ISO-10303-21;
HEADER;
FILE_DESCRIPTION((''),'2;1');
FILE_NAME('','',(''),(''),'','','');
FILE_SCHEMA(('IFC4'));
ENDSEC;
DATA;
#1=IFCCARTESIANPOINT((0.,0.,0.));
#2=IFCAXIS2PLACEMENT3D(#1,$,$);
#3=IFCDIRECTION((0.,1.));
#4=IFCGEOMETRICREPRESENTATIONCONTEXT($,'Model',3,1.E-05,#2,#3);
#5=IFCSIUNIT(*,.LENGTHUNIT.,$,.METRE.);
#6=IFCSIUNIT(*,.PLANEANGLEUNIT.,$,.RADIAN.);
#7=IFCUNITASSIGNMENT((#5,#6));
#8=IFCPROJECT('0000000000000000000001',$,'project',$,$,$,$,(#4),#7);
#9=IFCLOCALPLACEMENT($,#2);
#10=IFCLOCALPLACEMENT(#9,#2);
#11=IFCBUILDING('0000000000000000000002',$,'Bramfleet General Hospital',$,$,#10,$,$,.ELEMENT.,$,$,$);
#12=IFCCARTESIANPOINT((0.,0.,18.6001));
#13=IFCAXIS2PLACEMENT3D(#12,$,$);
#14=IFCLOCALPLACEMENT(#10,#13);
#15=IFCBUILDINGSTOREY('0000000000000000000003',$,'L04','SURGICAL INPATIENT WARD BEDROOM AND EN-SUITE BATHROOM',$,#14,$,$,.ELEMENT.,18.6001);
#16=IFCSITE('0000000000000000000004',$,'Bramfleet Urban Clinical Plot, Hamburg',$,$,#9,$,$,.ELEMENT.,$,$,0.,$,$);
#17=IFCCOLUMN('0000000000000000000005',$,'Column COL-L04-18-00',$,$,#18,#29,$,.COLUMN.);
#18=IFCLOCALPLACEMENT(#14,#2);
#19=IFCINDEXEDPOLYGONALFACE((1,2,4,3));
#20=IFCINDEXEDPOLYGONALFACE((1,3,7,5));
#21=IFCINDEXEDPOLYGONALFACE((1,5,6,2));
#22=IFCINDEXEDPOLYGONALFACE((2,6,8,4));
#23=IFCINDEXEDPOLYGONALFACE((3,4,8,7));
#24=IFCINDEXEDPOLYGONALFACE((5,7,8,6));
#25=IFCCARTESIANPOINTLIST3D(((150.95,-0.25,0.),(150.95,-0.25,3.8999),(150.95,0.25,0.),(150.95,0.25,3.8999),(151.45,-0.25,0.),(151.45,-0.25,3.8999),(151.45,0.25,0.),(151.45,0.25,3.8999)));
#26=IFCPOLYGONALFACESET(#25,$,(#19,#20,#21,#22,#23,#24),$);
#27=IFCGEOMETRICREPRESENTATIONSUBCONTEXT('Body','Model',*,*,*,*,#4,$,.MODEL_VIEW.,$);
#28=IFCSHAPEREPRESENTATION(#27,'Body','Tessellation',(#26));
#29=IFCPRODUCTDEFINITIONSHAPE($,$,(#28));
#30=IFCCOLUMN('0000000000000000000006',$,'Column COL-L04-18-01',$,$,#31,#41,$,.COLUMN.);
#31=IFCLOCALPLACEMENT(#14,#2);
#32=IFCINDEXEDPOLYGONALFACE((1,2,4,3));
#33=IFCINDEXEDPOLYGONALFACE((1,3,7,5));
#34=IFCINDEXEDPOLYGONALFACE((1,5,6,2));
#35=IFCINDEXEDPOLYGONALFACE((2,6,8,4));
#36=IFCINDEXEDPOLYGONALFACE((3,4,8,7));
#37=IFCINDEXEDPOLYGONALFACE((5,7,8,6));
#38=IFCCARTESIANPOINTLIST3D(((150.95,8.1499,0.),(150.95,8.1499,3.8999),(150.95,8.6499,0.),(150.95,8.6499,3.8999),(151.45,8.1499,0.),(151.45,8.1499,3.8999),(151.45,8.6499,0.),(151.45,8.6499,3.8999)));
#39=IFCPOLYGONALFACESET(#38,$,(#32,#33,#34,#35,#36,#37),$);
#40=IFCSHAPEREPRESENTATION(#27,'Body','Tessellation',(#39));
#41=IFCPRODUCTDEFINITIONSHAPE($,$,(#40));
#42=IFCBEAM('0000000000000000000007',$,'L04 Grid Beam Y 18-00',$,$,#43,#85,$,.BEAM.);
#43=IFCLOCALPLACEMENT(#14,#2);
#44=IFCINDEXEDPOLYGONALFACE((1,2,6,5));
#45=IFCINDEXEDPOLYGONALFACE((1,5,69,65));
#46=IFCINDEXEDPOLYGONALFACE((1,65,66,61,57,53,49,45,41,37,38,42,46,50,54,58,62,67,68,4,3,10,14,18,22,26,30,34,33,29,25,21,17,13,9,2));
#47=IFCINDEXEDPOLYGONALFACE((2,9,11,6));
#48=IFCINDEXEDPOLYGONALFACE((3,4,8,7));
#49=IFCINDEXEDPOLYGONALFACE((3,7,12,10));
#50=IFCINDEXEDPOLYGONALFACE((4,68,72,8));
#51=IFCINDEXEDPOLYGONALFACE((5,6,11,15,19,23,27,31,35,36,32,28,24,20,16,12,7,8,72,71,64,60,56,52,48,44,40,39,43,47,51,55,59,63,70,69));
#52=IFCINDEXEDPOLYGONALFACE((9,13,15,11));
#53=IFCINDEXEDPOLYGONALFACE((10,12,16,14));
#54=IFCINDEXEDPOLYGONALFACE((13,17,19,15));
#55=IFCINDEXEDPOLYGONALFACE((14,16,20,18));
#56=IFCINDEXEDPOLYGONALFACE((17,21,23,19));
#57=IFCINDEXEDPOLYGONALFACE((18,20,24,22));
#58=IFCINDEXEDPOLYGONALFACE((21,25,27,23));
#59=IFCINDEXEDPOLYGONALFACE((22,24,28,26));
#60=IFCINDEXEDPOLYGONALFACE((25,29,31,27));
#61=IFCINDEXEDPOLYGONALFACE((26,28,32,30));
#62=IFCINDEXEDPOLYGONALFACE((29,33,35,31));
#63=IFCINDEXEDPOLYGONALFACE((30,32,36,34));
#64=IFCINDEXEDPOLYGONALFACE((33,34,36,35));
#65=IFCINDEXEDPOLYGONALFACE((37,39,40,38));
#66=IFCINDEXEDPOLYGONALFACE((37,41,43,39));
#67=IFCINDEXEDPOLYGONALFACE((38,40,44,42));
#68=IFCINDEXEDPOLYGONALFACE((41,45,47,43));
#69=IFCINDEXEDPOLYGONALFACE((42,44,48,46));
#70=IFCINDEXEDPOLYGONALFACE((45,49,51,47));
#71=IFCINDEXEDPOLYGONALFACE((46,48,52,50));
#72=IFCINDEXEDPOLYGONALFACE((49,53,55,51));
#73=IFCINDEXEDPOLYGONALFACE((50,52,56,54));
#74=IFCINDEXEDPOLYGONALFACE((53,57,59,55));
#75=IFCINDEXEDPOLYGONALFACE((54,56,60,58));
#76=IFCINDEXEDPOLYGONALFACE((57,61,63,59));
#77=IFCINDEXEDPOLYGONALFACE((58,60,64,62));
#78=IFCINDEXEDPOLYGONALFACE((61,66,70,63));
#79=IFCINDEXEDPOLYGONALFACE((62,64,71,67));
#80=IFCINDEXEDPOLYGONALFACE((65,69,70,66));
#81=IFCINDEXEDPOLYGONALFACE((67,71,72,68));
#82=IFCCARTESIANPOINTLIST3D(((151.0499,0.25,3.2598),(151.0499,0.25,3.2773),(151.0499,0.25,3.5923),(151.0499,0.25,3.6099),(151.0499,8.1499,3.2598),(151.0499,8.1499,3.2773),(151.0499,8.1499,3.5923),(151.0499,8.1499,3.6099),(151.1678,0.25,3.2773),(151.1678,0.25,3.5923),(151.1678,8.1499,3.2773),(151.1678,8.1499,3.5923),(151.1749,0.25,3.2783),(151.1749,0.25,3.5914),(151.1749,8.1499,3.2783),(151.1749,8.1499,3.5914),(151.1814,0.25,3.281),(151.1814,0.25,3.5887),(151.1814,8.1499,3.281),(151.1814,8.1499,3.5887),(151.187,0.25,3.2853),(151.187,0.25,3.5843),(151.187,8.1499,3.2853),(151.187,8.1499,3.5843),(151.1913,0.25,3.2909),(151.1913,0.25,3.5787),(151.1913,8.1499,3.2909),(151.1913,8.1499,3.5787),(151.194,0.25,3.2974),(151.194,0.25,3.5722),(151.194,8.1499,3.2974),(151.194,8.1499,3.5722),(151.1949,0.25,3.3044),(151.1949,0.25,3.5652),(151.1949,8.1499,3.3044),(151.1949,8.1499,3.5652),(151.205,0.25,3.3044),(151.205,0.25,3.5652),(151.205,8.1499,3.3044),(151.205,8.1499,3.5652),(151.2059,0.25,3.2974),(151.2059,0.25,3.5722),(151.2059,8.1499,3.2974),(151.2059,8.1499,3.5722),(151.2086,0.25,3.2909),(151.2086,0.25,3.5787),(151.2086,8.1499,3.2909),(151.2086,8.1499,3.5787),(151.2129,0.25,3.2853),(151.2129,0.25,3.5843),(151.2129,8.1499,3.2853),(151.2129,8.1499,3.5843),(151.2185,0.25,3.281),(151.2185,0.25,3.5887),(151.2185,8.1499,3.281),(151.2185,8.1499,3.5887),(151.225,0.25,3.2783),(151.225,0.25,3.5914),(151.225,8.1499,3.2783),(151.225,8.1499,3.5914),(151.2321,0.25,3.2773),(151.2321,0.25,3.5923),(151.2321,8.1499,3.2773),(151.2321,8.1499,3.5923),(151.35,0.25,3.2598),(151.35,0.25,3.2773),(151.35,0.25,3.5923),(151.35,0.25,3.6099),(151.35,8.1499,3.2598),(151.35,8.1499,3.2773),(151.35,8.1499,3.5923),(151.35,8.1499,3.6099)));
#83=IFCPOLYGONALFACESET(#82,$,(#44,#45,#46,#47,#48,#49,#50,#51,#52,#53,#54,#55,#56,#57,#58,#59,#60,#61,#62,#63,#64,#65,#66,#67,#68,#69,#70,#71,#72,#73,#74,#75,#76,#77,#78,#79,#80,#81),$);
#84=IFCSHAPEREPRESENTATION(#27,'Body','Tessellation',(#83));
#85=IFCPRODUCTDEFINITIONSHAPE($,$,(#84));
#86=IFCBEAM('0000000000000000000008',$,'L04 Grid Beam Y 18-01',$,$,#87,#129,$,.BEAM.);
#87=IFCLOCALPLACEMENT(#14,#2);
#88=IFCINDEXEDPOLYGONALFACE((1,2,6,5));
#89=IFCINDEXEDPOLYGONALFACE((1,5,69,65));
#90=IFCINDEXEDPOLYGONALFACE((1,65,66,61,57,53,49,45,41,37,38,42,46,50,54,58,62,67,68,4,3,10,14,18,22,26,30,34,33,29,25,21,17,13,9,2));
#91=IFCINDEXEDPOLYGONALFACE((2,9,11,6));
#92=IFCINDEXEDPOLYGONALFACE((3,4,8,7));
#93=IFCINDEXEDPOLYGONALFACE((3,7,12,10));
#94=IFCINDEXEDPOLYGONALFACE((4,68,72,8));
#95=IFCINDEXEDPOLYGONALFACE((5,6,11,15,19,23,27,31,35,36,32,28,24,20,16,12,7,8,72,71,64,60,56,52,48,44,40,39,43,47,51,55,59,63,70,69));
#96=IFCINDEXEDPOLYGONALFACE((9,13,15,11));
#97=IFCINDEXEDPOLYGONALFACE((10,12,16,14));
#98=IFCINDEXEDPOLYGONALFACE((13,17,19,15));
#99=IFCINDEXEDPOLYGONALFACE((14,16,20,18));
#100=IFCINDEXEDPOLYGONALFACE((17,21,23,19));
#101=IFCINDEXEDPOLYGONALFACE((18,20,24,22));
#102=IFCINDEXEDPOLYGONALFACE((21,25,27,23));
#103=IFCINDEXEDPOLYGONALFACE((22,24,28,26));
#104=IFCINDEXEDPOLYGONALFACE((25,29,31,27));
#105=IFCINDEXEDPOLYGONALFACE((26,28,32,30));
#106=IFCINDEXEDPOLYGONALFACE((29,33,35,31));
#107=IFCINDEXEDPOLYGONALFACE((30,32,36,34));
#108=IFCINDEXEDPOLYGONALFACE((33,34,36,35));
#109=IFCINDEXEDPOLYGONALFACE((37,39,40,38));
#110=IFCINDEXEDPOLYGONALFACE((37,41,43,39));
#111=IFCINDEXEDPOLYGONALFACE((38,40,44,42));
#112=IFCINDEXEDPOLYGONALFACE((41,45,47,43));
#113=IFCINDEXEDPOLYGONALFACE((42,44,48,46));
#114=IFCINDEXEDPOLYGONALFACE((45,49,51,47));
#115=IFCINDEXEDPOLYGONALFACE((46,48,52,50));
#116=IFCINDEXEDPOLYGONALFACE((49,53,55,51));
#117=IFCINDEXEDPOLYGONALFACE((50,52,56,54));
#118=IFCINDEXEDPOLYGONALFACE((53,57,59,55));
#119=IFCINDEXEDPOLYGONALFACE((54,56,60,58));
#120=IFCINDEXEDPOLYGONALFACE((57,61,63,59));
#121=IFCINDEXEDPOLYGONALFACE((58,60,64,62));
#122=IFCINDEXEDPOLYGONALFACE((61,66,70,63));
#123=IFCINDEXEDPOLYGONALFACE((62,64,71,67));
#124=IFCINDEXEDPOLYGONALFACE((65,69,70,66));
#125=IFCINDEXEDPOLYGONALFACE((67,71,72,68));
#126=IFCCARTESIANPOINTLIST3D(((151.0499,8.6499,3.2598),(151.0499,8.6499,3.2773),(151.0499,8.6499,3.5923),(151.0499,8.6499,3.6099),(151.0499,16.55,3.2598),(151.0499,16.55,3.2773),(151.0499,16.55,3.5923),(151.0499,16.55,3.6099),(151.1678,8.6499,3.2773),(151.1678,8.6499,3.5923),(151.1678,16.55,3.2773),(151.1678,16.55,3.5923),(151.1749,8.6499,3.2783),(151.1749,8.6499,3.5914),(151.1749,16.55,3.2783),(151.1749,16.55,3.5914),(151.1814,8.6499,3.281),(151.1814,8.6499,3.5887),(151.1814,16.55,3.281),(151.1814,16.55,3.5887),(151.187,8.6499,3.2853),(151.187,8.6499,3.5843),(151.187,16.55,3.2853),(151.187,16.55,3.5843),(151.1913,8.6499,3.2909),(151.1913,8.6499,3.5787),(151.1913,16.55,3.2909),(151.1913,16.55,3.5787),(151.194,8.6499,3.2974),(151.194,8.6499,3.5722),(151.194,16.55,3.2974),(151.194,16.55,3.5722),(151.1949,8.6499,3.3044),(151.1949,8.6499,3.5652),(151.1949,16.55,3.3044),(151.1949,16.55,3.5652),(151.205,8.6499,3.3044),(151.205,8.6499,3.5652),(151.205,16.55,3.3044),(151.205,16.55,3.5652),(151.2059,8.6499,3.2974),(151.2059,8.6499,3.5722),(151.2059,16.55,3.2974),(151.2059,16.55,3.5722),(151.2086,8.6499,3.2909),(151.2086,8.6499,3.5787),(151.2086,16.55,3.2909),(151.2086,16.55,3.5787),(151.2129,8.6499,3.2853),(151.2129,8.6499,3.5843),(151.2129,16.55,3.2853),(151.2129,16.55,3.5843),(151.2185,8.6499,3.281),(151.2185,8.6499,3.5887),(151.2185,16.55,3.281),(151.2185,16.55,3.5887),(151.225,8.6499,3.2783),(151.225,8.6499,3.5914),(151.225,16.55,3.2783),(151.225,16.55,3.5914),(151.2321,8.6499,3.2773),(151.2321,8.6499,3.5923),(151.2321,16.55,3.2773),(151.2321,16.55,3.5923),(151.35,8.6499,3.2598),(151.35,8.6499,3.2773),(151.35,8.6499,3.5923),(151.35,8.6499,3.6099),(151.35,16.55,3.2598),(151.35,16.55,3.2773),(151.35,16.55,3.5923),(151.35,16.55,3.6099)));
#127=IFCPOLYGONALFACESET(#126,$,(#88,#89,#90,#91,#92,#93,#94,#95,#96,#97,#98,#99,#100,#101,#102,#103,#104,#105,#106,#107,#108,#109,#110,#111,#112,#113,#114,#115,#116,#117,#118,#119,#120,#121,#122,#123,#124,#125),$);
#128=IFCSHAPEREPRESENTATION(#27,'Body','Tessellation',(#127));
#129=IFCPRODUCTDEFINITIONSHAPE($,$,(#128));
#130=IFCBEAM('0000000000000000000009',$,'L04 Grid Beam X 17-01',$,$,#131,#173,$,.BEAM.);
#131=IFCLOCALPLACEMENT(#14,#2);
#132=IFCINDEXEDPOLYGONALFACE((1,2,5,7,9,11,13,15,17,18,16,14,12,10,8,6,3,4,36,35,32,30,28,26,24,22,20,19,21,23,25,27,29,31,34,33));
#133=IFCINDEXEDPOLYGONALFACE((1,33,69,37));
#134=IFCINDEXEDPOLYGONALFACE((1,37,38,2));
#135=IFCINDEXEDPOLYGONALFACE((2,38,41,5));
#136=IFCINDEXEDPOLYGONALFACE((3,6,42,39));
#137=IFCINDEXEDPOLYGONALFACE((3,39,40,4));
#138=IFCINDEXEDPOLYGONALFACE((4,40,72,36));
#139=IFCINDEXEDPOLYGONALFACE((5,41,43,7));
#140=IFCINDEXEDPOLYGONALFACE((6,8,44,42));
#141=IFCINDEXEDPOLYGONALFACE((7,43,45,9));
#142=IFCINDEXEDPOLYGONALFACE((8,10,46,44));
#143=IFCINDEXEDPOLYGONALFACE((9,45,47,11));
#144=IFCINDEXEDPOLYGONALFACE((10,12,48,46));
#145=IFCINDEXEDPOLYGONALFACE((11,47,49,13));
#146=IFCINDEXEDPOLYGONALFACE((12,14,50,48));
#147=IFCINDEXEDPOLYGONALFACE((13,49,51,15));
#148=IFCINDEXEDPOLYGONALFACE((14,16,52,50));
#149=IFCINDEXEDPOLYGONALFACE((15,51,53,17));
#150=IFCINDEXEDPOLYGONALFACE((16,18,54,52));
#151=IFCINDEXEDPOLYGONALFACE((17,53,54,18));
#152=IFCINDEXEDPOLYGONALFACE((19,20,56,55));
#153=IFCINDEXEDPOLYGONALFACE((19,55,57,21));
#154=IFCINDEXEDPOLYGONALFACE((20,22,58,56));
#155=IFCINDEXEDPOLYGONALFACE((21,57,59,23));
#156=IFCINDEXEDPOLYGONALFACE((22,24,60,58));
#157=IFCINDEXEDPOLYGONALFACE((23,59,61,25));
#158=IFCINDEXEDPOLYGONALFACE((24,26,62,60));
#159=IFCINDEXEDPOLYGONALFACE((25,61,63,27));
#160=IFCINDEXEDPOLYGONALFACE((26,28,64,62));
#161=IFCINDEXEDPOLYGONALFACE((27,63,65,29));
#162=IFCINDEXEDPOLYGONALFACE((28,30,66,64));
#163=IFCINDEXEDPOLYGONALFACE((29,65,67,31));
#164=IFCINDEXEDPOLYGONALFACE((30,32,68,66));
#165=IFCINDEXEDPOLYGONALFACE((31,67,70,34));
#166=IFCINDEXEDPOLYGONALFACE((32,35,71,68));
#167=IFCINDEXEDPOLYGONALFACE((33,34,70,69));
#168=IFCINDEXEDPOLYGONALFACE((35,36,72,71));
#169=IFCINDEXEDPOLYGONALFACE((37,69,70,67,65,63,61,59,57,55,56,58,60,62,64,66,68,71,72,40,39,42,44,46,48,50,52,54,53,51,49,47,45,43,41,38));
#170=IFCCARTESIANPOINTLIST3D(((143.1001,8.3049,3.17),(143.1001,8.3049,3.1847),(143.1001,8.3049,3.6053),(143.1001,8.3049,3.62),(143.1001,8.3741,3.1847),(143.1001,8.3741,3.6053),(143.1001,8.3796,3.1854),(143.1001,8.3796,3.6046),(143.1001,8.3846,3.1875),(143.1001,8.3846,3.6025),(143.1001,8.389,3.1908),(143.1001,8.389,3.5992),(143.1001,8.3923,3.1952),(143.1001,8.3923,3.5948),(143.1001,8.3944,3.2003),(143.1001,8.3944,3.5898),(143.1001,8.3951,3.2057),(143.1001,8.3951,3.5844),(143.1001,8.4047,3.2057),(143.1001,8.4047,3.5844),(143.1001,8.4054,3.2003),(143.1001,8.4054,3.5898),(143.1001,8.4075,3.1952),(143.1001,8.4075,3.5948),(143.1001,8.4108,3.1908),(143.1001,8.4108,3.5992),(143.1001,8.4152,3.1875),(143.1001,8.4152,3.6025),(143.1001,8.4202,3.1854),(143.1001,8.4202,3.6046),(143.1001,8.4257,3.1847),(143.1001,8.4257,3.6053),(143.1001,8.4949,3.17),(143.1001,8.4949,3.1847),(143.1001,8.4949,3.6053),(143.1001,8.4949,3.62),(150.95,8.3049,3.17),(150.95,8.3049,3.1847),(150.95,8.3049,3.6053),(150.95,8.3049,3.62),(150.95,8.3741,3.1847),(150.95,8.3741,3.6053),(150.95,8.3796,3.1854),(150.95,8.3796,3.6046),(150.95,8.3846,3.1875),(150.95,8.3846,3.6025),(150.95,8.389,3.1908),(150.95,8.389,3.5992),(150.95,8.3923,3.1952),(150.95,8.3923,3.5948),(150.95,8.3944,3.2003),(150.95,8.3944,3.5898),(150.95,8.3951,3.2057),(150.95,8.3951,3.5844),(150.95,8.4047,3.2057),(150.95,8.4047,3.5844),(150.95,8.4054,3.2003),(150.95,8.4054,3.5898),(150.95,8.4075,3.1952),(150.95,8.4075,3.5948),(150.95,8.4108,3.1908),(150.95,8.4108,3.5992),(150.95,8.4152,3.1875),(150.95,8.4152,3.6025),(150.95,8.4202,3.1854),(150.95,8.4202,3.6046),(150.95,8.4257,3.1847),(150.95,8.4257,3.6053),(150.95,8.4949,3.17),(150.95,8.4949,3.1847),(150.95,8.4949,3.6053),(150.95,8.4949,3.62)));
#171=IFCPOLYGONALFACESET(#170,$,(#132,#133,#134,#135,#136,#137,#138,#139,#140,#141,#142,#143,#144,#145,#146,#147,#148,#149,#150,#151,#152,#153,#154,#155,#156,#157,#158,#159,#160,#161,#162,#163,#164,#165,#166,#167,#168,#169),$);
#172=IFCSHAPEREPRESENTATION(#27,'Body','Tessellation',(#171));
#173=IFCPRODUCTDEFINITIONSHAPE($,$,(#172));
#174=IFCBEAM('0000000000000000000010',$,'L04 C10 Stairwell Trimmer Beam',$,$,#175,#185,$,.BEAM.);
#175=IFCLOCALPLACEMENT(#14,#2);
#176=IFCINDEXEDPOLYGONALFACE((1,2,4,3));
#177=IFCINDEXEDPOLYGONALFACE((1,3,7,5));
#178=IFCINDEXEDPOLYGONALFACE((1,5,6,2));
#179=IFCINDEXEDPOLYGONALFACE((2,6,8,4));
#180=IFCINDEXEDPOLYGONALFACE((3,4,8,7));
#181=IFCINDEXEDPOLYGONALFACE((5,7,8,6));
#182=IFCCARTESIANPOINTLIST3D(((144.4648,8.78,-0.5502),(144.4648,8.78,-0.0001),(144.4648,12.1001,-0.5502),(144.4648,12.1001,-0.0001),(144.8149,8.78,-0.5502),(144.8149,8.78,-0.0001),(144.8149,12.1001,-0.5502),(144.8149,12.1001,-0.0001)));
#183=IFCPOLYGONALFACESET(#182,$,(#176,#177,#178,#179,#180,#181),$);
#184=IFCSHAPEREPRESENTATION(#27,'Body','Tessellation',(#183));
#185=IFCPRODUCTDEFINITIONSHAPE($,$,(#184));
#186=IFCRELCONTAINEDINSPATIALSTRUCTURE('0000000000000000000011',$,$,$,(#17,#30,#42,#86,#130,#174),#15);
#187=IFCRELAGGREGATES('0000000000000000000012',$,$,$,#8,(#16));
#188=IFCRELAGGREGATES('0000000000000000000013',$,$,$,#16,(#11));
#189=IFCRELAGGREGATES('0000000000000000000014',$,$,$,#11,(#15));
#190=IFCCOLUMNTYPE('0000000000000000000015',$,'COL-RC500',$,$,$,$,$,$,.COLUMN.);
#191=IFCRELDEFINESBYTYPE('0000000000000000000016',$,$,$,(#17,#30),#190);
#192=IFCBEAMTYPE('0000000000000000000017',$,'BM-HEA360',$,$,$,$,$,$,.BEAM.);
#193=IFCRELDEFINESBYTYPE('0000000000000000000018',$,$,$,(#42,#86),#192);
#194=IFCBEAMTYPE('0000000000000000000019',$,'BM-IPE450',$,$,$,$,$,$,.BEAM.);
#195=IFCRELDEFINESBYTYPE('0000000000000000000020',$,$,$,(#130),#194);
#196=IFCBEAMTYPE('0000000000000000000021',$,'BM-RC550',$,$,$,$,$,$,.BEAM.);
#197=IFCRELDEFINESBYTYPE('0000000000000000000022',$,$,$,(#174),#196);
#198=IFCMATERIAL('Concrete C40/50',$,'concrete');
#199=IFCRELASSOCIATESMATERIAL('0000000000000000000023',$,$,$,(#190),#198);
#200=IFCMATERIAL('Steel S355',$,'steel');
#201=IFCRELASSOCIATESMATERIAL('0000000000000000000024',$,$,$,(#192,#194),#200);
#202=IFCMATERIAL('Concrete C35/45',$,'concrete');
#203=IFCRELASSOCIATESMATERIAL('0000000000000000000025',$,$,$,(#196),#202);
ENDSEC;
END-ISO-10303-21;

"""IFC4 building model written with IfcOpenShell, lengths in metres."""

from ifc_helpers import new_model, si_unit, direction, frame, origin, origin_2d, place, context, subcontext, project, spatial, rectangle, i_section, extrude, material, material_profile, profile_set, type_object, element, save


model = new_model("IFC4")

# Units and contexts
model_context = context("Model", 3, precision=1e-05, world=origin(), true_north=direction((0.0, 1.0)))
body_context = subcontext(model_context, "Body", "Model", "MODEL_VIEW")
ifc_project = project(units=[si_unit("LENGTHUNIT", "METRE"), si_unit("PLANEANGLEUNIT", "RADIAN")], contexts=[model_context])

# Site, building, storey
site_placement = place(None, origin())
site = spatial("IfcSite", under=ifc_project, at=site_placement, Name="Bramfleet Urban Clinical Plot, Hamburg", CompositionType="ELEMENT", RefElevation=0.0)
building_placement = place(site_placement, origin())
building = spatial("IfcBuilding", under=site, at=building_placement, Name="Bramfleet General Hospital", CompositionType="ELEMENT")
storey_placement = place(building_placement, frame((0.0, 0.0, 18.6001)))
storey = spatial("IfcBuildingStorey", under=building, at=storey_placement, Name="L04", Description="SURGICAL INPATIENT WARD BEDROOM AND EN-SUITE BATHROOM", CompositionType="ELEMENT", Elevation=18.6001)

# Columns
ifc_material_1 = material(Name="Concrete C40/50", Category="concrete")
ifc_material_profile_1 = material_profile(ifc_material_1, rectangle(XDim=0.5, YDim=0.5, at=origin_2d()), Name="RC COL 500x500")
ifc_profile_set_1 = profile_set([ifc_material_profile_1], Name="Concrete C40/50")
column_type = type_object("IfcColumnType", Name="COL-RC500", PredefinedType="COLUMN", material=ifc_profile_set_1)
for number, where, z_axis, x_axis, name in (
    (1, (151.2, 0.0, 0.0), (0.0, 0.0, 1.0), (1.0, 0.0, 0.0), "Column COL-L04-18-00"),
    (2, (151.2, 8.3999, 0.0), (0.0, 0.0, 1.0), (1.0, 0.0, 0.0), "Column COL-L04-18-01"),
):
    element("IfcColumn", number, at=place(storey_placement, frame(where, z_axis=z_axis, x_axis=x_axis)), inside=storey, type_object=column_type, Name=name, PredefinedType="COLUMN", context=body_context, shape_type="SweptSolid", body=[
        extrude(rectangle(XDim=0.5, YDim=0.5, at=origin_2d()), origin(), (0.0, 0.0, 1.0), 3.8999),
    ])

# Beams
ifc_material_2 = material(Name="Steel S355", Category="steel")
ifc_material_profile_2 = material_profile(ifc_material_2, i_section(OverallWidth=0.3, OverallDepth=0.3501, WebThickness=0.01, FlangeThickness=0.0176, FilletRadius=0.0271, at=origin_2d()), Name="HEA 360")
ifc_profile_set_2 = profile_set([ifc_material_profile_2], Name="Steel S355")
beam_type_1 = type_object("IfcBeamType", Name="BM-HEA360", PredefinedType="BEAM", material=ifc_profile_set_2)
beam_1_placement = place(storey_placement, frame((151.2, 0.25, 3.4348), z_axis=(0.0, 1.0, 0.0), x_axis=(-1.0, 0.0, 0.0)))
element("IfcBeam", 3, at=beam_1_placement, inside=storey, type_object=beam_type_1, Name="L04 Grid Beam Y 18-00", PredefinedType="BEAM", context=body_context, shape_type="SweptSolid", body=[
    extrude(i_section(OverallWidth=0.3, OverallDepth=0.3501, WebThickness=0.01, FlangeThickness=0.0176, FilletRadius=0.0271, at=origin_2d()), origin(), (0.0, 0.0, 1.0), 7.8999),
])
beam_2_placement = place(storey_placement, frame((151.2, 8.6499, 3.4348), z_axis=(0.0, 1.0, 0.0), x_axis=(-1.0, 0.0, 0.0)))
element("IfcBeam", 4, at=beam_2_placement, inside=storey, type_object=beam_type_1, Name="L04 Grid Beam Y 18-01", PredefinedType="BEAM", context=body_context, shape_type="SweptSolid", body=[
    extrude(i_section(OverallWidth=0.3, OverallDepth=0.3501, WebThickness=0.01, FlangeThickness=0.0176, FilletRadius=0.0271, at=origin_2d()), origin(), (0.0, 0.0, 1.0), 7.9001),
])
ifc_material_profile_3 = material_profile(ifc_material_2, i_section(OverallWidth=0.1899, OverallDepth=0.45, WebThickness=0.0095, FlangeThickness=0.0146, FilletRadius=0.021, at=origin_2d()), Name="IPE 450")
ifc_profile_set_3 = profile_set([ifc_material_profile_3], Name="Steel S355")
beam_type_2 = type_object("IfcBeamType", Name="BM-IPE450", PredefinedType="BEAM", material=ifc_profile_set_3)
beam_3_placement = place(storey_placement, frame((143.1001, 8.3999, 3.395), z_axis=(1.0, 0.0, 0.0), x_axis=(0.0, 1.0, 0.0)))
element("IfcBeam", 5, at=beam_3_placement, inside=storey, type_object=beam_type_2, Name="L04 Grid Beam X 17-01", PredefinedType="BEAM", context=body_context, shape_type="SweptSolid", body=[
    extrude(i_section(OverallWidth=0.1899, OverallDepth=0.45, WebThickness=0.0095, FlangeThickness=0.0146, FilletRadius=0.021, at=origin_2d()), origin(), (0.0, 0.0, 1.0), 7.8499),
])
ifc_material_3 = material(Name="Concrete C35/45", Category="concrete")
ifc_material_profile_4 = material_profile(ifc_material_3, rectangle(XDim=0.3501, YDim=0.55, at=origin_2d()), Name="RC BM 550x350")
ifc_profile_set_4 = profile_set([ifc_material_profile_4], Name="Concrete C35/45")
beam_type_3 = type_object("IfcBeamType", Name="BM-RC550", PredefinedType="BEAM", material=ifc_profile_set_4)
beam_4_placement = place(storey_placement, frame((144.6399, 8.78, -0.2751), z_axis=(0.0, 1.0, 0.0), x_axis=(-1.0, 0.0, 0.0)))
element("IfcBeam", 6, at=beam_4_placement, inside=storey, type_object=beam_type_3, Name="L04 C10 Stairwell Trimmer Beam", PredefinedType="BEAM", context=body_context, shape_type="SweptSolid", body=[
    extrude(rectangle(XDim=0.3501, YDim=0.55, at=origin_2d()), origin(), (0.0, 0.0, 1.0), 3.3201),
])

save(model, "model.ifc")
